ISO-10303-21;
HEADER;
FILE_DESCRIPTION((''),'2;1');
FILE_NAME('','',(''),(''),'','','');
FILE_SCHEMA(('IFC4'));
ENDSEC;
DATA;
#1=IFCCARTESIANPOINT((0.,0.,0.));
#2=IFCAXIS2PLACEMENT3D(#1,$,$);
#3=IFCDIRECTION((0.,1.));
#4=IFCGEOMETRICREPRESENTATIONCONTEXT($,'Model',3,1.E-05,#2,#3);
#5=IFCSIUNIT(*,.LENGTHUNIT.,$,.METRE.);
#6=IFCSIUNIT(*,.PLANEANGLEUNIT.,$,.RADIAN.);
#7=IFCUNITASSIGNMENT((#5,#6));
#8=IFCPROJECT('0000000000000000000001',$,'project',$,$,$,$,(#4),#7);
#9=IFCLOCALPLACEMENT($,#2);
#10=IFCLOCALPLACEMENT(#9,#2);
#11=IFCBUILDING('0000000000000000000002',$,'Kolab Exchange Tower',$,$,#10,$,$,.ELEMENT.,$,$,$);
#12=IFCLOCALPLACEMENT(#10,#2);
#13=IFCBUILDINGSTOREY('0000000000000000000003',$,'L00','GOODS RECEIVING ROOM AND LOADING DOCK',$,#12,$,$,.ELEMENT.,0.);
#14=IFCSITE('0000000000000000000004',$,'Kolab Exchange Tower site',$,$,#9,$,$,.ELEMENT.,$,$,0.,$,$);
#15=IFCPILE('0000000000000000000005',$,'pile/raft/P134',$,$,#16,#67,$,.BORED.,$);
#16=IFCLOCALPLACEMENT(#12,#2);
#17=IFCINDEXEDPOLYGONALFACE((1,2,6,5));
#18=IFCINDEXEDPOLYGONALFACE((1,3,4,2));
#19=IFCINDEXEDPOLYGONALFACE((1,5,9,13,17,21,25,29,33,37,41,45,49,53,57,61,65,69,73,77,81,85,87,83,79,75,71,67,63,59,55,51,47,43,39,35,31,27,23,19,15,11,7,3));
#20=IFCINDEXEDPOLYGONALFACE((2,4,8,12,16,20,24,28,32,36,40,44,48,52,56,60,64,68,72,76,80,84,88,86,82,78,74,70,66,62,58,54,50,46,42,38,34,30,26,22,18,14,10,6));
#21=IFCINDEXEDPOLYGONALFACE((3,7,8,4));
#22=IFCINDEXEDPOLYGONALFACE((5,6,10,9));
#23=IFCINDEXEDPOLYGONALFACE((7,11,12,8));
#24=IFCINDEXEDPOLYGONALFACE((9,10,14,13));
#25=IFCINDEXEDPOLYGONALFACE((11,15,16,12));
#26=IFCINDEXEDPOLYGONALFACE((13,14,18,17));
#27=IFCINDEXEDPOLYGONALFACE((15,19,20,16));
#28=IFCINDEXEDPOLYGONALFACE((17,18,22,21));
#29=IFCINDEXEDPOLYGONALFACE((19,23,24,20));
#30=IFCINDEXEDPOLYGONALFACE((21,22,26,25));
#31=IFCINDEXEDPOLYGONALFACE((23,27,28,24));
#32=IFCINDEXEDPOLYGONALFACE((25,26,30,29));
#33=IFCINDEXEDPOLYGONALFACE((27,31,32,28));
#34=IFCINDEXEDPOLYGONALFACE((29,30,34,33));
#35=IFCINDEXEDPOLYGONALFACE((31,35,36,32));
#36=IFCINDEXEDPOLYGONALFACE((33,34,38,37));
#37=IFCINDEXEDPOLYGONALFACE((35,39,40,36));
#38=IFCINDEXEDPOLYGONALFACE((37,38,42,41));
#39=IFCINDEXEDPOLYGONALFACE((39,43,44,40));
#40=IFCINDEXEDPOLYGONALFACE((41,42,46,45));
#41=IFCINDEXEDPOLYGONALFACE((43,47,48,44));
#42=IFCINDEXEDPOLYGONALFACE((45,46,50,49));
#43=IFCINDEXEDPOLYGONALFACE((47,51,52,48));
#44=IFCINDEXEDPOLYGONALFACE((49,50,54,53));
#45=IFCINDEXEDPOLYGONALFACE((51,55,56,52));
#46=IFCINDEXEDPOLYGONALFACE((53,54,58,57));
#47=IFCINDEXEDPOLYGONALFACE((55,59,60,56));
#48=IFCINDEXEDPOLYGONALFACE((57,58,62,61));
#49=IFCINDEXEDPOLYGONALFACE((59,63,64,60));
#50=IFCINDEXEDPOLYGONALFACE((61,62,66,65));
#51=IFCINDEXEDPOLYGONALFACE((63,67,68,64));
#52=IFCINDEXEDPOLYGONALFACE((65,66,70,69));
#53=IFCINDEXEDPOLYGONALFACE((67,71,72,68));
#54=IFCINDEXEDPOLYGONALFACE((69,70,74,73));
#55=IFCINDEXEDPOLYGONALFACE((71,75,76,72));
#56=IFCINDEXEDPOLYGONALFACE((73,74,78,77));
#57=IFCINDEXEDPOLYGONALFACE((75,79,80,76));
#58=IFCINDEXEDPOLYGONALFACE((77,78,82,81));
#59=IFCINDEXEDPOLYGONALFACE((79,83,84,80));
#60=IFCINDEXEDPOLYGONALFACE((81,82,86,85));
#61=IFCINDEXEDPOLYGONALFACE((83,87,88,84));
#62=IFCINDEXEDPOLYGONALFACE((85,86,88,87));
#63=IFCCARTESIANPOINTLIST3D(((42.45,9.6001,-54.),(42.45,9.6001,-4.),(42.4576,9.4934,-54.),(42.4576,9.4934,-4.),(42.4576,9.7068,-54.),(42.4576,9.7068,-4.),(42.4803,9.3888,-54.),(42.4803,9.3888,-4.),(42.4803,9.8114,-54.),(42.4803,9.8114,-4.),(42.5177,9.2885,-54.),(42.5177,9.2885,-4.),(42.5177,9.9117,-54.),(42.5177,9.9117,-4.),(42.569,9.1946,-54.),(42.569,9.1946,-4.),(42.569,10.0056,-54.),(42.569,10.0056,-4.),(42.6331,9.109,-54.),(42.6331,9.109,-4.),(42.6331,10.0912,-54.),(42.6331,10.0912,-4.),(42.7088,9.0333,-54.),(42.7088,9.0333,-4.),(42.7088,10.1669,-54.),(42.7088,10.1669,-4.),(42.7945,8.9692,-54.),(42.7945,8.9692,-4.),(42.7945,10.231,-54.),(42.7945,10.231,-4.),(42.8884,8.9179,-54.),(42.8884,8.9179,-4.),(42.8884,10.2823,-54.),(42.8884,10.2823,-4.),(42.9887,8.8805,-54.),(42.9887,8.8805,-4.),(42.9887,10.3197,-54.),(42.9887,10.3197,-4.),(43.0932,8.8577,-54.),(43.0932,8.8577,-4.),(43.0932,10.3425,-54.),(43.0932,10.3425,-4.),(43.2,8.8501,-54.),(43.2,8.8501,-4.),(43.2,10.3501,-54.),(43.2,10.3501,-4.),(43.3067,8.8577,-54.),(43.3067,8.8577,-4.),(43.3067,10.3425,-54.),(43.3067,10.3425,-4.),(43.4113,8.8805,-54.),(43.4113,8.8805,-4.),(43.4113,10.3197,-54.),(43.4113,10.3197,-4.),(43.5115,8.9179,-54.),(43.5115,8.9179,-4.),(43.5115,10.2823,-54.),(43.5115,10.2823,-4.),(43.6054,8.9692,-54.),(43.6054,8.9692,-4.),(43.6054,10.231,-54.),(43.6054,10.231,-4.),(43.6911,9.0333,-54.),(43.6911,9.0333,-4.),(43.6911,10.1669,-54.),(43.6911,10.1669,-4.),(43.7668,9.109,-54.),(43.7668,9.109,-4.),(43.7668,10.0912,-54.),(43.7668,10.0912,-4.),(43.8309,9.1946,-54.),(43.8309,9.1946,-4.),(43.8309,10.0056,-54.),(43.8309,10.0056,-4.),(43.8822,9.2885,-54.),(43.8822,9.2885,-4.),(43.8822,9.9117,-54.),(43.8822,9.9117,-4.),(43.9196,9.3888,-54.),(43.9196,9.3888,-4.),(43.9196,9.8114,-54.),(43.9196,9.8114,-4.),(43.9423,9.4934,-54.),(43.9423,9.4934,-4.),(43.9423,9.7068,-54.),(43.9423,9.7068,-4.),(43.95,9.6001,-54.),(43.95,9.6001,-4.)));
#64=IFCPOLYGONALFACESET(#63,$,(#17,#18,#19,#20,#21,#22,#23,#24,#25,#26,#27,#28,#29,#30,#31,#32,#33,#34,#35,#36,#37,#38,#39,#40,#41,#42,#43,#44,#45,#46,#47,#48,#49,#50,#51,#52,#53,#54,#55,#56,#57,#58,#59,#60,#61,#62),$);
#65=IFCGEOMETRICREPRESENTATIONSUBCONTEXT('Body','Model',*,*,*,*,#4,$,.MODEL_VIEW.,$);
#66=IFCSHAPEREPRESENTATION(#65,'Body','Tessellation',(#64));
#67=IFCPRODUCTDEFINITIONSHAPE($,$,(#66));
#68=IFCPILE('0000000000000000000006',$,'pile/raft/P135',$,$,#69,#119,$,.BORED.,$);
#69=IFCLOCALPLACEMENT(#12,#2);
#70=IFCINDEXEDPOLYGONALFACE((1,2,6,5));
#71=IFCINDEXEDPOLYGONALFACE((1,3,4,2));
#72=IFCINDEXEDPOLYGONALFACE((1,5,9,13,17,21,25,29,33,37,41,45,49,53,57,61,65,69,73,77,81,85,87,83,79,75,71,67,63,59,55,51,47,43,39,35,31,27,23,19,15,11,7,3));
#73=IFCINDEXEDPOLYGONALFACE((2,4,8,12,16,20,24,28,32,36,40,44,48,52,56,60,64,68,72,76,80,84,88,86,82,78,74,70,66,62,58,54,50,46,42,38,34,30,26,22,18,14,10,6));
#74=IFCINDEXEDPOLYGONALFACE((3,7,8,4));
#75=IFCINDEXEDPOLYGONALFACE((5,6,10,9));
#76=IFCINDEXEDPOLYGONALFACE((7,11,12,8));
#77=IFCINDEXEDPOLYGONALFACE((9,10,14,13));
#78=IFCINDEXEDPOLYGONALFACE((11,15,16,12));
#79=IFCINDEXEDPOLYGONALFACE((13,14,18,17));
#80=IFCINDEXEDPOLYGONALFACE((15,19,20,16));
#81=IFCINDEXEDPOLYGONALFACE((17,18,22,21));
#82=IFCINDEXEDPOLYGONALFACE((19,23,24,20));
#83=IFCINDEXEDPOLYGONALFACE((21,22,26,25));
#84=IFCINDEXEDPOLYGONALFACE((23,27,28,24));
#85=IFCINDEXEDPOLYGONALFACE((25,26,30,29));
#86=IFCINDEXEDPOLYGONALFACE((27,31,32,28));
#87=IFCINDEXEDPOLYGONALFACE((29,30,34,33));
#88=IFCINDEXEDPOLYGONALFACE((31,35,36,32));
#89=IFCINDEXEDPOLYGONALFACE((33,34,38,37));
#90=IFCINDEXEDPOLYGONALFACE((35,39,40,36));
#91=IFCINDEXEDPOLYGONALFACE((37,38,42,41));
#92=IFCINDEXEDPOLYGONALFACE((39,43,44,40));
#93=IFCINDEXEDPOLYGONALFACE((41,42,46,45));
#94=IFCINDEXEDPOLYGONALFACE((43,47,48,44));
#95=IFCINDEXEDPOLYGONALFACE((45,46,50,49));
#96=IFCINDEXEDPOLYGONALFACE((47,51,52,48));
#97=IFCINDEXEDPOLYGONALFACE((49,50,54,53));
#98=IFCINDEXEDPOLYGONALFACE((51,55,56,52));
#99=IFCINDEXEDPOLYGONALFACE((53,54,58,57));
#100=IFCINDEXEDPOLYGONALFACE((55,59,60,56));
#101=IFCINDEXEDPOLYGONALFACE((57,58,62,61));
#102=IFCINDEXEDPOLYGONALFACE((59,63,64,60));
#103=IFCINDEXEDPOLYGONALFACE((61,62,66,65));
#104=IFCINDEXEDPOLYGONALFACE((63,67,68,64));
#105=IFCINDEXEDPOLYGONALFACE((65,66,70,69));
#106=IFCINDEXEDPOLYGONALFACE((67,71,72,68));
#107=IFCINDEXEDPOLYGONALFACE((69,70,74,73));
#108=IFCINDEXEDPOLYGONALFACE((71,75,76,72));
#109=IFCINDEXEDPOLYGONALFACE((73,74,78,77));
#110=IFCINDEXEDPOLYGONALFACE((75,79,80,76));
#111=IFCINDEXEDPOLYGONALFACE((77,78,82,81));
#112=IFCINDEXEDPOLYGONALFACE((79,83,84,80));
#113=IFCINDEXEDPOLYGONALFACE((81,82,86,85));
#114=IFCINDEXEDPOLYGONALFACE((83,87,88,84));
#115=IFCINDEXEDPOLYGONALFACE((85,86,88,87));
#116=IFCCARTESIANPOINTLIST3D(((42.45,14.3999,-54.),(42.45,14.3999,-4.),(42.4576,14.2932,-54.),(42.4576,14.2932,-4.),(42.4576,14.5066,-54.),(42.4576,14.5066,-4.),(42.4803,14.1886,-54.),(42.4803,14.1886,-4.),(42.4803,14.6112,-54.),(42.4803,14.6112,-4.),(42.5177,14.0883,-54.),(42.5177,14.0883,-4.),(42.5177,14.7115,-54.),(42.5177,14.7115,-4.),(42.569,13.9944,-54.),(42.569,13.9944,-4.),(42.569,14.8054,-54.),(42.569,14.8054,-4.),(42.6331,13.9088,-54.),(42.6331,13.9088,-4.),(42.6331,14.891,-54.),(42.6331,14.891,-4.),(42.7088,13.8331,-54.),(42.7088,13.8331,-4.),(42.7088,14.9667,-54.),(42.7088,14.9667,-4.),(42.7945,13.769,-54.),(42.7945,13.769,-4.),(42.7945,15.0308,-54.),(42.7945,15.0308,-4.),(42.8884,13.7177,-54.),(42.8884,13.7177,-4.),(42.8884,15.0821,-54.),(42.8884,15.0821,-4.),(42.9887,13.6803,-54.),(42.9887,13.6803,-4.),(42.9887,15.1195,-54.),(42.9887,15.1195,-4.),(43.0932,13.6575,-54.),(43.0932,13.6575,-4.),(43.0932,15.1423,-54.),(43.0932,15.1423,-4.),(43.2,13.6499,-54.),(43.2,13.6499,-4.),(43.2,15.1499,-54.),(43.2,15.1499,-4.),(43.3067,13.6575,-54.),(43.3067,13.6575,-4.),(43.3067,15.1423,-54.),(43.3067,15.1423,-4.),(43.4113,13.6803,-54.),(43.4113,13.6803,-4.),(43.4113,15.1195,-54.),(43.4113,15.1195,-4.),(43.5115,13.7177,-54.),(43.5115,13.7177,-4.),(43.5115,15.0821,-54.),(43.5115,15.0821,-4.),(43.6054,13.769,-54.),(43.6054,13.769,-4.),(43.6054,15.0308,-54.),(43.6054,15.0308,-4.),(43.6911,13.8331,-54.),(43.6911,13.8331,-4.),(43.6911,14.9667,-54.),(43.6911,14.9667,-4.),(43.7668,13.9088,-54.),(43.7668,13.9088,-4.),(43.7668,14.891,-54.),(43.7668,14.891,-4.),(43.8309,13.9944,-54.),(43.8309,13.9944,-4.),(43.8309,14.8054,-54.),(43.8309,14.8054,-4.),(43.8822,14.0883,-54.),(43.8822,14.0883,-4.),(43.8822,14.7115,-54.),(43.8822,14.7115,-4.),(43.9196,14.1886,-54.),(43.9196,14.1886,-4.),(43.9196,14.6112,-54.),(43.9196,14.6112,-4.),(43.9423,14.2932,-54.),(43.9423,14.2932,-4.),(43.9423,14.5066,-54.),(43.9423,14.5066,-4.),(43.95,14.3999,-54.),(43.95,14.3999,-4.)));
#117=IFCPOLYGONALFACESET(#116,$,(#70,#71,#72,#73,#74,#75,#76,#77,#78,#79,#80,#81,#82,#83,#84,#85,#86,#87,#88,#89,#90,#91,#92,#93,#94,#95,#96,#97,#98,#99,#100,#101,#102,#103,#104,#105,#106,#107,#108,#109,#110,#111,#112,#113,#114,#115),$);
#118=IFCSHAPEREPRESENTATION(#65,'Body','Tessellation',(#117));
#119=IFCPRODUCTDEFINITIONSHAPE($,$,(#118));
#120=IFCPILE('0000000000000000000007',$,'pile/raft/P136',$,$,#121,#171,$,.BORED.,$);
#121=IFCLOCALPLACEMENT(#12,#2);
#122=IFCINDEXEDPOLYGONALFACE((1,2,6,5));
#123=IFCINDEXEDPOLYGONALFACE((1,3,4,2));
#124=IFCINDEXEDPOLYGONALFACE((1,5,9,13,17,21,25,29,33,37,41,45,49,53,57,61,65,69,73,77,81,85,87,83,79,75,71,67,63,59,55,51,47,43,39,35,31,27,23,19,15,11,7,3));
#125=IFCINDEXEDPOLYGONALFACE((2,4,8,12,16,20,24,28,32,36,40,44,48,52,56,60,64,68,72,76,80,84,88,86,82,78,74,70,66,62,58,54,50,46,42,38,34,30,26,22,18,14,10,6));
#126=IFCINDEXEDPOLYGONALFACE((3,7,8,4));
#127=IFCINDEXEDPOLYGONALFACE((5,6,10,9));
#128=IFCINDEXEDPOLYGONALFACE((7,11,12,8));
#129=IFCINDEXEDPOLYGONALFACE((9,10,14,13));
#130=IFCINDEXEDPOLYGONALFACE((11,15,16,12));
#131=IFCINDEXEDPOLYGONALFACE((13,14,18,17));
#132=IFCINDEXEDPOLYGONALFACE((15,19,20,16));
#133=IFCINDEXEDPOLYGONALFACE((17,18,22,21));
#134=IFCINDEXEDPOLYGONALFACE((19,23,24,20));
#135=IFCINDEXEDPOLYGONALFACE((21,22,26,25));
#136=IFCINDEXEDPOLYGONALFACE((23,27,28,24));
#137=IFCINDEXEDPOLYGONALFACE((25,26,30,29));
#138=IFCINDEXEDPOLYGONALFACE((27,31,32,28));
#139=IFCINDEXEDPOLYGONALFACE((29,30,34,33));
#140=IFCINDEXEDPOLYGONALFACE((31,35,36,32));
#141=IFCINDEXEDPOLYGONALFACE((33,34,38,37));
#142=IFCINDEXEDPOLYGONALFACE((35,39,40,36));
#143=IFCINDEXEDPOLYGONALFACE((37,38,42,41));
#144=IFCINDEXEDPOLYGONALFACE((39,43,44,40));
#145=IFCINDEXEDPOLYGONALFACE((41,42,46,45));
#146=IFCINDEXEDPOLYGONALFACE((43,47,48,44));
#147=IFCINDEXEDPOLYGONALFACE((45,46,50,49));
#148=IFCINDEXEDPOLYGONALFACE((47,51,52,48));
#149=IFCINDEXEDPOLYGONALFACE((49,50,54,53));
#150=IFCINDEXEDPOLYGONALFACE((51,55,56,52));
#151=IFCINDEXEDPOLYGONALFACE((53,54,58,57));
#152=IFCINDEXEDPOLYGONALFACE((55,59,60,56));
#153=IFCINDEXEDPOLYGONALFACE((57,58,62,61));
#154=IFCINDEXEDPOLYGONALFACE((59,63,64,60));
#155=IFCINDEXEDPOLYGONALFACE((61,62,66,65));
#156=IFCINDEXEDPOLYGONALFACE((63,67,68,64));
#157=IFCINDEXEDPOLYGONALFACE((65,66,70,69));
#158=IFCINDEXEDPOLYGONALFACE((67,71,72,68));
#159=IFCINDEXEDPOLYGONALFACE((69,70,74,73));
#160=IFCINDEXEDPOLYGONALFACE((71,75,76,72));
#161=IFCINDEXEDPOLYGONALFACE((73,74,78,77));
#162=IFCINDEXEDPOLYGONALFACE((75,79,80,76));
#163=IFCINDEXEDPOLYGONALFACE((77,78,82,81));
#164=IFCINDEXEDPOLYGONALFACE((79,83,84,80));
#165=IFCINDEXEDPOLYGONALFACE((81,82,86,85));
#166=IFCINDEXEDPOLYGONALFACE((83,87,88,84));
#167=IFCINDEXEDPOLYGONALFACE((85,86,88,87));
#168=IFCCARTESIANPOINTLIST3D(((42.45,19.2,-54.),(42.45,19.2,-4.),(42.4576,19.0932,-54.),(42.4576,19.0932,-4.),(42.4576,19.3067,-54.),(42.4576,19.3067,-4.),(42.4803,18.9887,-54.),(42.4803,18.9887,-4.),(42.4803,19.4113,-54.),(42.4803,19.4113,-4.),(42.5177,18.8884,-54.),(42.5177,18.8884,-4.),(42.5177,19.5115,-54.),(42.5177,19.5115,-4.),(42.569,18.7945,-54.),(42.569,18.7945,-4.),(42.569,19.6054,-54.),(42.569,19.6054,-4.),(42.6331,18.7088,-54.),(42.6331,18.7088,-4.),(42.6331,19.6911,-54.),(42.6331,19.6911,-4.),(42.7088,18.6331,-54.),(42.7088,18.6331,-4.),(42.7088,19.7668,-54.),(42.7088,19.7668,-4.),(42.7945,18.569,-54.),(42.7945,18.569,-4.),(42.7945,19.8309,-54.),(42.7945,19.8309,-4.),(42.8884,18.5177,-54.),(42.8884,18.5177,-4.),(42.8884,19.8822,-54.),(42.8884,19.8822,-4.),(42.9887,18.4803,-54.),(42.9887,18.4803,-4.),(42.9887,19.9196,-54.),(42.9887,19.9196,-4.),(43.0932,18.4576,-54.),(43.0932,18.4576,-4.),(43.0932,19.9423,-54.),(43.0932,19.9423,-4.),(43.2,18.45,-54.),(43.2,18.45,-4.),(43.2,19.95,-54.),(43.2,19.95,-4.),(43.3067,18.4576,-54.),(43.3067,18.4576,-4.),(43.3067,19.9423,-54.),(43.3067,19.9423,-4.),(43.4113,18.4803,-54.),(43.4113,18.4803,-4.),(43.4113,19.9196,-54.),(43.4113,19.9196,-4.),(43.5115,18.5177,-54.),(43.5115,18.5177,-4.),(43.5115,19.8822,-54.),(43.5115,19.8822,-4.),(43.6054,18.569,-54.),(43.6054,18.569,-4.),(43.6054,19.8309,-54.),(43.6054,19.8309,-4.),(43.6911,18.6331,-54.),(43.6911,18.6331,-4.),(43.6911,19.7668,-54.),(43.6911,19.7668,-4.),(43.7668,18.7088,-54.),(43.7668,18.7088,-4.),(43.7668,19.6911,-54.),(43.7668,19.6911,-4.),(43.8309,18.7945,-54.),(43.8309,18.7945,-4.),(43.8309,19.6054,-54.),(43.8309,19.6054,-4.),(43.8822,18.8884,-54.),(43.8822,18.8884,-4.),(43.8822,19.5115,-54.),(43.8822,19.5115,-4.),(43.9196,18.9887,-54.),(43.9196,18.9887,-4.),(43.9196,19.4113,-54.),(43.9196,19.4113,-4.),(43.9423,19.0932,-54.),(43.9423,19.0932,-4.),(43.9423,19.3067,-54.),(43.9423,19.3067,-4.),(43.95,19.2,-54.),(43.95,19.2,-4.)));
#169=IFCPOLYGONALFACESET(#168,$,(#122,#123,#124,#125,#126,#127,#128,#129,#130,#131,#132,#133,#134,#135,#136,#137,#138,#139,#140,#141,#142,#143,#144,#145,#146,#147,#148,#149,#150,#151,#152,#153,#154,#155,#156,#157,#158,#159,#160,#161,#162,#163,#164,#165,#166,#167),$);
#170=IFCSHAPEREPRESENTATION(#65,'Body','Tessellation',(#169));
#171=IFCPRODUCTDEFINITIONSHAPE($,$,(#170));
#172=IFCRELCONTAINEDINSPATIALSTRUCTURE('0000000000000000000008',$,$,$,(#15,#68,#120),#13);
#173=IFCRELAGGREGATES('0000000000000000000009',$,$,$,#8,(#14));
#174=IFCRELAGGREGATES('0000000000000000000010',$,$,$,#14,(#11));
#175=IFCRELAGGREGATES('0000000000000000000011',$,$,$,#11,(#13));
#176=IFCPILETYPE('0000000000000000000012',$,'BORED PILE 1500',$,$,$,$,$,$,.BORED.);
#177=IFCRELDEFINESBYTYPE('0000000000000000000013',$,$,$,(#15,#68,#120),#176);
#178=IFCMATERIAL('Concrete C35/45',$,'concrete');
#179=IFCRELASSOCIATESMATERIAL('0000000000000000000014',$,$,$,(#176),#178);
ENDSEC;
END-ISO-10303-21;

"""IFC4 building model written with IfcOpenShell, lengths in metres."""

from ifc_helpers import new_model, si_unit, direction, frame, origin, origin_2d, place, context, subcontext, project, spatial, circle, extrude, material, material_profile, profile_set, type_object, element, save


model = new_model("IFC4")

# Units and contexts
model_context = context("Model", 3, precision=1e-05, world=origin(), true_north=direction((0.0, 1.0)))
body_context = subcontext(model_context, "Body", "Model", "MODEL_VIEW")
ifc_project = project(units=[si_unit("LENGTHUNIT", "METRE"), si_unit("PLANEANGLEUNIT", "RADIAN")], contexts=[model_context])

# Site, building, storey
site_placement = place(None, origin())
site = spatial("IfcSite", under=ifc_project, at=site_placement, Name="Kolab Exchange Tower site", CompositionType="ELEMENT", RefElevation=0.0)
building_placement = place(site_placement, origin())
building = spatial("IfcBuilding", under=site, at=building_placement, Name="Kolab Exchange Tower", CompositionType="ELEMENT")
storey_placement = place(building_placement, origin())
storey = spatial("IfcBuildingStorey", under=building, at=storey_placement, Name="L00", Description="GOODS RECEIVING ROOM AND LOADING DOCK", CompositionType="ELEMENT", Elevation=0.0)

# Piles
ifc_material_1 = material(Name="Concrete C35/45", Category="concrete")
ifc_material_profile_1 = material_profile(ifc_material_1, circle(Radius=0.75, at=origin_2d()), Name="BP1500")
ifc_profile_set_1 = profile_set([ifc_material_profile_1], Name="Concrete C35/45")
pile_type = type_object("IfcPileType", Name="BORED PILE 1500", PredefinedType="BORED", material=ifc_profile_set_1)
for number, where, z_axis, x_axis, name in (
    (1, (43.2, 9.6001, -4.0), (0.0, 0.0, -1.0), (1.0, 0.0, 0.0), "pile/raft/P134"),
    (2, (43.2, 14.3999, -4.0), (0.0, 0.0, -1.0), (1.0, 0.0, 0.0), "pile/raft/P135"),
    (3, (43.2, 19.2, -4.0), (0.0, 0.0, -1.0), (1.0, 0.0, 0.0), "pile/raft/P136"),
):
    element("IfcPile", number, at=place(storey_placement, frame(where, z_axis=z_axis, x_axis=x_axis)), inside=storey, type_object=pile_type, Name=name, PredefinedType="BORED", context=body_context, shape_type="SweptSolid", body=[
        extrude(circle(Radius=0.75, at=origin_2d()), origin(), (0.0, 0.0, 1.0), 50.0),
    ])

save(model, "model.ifc")
